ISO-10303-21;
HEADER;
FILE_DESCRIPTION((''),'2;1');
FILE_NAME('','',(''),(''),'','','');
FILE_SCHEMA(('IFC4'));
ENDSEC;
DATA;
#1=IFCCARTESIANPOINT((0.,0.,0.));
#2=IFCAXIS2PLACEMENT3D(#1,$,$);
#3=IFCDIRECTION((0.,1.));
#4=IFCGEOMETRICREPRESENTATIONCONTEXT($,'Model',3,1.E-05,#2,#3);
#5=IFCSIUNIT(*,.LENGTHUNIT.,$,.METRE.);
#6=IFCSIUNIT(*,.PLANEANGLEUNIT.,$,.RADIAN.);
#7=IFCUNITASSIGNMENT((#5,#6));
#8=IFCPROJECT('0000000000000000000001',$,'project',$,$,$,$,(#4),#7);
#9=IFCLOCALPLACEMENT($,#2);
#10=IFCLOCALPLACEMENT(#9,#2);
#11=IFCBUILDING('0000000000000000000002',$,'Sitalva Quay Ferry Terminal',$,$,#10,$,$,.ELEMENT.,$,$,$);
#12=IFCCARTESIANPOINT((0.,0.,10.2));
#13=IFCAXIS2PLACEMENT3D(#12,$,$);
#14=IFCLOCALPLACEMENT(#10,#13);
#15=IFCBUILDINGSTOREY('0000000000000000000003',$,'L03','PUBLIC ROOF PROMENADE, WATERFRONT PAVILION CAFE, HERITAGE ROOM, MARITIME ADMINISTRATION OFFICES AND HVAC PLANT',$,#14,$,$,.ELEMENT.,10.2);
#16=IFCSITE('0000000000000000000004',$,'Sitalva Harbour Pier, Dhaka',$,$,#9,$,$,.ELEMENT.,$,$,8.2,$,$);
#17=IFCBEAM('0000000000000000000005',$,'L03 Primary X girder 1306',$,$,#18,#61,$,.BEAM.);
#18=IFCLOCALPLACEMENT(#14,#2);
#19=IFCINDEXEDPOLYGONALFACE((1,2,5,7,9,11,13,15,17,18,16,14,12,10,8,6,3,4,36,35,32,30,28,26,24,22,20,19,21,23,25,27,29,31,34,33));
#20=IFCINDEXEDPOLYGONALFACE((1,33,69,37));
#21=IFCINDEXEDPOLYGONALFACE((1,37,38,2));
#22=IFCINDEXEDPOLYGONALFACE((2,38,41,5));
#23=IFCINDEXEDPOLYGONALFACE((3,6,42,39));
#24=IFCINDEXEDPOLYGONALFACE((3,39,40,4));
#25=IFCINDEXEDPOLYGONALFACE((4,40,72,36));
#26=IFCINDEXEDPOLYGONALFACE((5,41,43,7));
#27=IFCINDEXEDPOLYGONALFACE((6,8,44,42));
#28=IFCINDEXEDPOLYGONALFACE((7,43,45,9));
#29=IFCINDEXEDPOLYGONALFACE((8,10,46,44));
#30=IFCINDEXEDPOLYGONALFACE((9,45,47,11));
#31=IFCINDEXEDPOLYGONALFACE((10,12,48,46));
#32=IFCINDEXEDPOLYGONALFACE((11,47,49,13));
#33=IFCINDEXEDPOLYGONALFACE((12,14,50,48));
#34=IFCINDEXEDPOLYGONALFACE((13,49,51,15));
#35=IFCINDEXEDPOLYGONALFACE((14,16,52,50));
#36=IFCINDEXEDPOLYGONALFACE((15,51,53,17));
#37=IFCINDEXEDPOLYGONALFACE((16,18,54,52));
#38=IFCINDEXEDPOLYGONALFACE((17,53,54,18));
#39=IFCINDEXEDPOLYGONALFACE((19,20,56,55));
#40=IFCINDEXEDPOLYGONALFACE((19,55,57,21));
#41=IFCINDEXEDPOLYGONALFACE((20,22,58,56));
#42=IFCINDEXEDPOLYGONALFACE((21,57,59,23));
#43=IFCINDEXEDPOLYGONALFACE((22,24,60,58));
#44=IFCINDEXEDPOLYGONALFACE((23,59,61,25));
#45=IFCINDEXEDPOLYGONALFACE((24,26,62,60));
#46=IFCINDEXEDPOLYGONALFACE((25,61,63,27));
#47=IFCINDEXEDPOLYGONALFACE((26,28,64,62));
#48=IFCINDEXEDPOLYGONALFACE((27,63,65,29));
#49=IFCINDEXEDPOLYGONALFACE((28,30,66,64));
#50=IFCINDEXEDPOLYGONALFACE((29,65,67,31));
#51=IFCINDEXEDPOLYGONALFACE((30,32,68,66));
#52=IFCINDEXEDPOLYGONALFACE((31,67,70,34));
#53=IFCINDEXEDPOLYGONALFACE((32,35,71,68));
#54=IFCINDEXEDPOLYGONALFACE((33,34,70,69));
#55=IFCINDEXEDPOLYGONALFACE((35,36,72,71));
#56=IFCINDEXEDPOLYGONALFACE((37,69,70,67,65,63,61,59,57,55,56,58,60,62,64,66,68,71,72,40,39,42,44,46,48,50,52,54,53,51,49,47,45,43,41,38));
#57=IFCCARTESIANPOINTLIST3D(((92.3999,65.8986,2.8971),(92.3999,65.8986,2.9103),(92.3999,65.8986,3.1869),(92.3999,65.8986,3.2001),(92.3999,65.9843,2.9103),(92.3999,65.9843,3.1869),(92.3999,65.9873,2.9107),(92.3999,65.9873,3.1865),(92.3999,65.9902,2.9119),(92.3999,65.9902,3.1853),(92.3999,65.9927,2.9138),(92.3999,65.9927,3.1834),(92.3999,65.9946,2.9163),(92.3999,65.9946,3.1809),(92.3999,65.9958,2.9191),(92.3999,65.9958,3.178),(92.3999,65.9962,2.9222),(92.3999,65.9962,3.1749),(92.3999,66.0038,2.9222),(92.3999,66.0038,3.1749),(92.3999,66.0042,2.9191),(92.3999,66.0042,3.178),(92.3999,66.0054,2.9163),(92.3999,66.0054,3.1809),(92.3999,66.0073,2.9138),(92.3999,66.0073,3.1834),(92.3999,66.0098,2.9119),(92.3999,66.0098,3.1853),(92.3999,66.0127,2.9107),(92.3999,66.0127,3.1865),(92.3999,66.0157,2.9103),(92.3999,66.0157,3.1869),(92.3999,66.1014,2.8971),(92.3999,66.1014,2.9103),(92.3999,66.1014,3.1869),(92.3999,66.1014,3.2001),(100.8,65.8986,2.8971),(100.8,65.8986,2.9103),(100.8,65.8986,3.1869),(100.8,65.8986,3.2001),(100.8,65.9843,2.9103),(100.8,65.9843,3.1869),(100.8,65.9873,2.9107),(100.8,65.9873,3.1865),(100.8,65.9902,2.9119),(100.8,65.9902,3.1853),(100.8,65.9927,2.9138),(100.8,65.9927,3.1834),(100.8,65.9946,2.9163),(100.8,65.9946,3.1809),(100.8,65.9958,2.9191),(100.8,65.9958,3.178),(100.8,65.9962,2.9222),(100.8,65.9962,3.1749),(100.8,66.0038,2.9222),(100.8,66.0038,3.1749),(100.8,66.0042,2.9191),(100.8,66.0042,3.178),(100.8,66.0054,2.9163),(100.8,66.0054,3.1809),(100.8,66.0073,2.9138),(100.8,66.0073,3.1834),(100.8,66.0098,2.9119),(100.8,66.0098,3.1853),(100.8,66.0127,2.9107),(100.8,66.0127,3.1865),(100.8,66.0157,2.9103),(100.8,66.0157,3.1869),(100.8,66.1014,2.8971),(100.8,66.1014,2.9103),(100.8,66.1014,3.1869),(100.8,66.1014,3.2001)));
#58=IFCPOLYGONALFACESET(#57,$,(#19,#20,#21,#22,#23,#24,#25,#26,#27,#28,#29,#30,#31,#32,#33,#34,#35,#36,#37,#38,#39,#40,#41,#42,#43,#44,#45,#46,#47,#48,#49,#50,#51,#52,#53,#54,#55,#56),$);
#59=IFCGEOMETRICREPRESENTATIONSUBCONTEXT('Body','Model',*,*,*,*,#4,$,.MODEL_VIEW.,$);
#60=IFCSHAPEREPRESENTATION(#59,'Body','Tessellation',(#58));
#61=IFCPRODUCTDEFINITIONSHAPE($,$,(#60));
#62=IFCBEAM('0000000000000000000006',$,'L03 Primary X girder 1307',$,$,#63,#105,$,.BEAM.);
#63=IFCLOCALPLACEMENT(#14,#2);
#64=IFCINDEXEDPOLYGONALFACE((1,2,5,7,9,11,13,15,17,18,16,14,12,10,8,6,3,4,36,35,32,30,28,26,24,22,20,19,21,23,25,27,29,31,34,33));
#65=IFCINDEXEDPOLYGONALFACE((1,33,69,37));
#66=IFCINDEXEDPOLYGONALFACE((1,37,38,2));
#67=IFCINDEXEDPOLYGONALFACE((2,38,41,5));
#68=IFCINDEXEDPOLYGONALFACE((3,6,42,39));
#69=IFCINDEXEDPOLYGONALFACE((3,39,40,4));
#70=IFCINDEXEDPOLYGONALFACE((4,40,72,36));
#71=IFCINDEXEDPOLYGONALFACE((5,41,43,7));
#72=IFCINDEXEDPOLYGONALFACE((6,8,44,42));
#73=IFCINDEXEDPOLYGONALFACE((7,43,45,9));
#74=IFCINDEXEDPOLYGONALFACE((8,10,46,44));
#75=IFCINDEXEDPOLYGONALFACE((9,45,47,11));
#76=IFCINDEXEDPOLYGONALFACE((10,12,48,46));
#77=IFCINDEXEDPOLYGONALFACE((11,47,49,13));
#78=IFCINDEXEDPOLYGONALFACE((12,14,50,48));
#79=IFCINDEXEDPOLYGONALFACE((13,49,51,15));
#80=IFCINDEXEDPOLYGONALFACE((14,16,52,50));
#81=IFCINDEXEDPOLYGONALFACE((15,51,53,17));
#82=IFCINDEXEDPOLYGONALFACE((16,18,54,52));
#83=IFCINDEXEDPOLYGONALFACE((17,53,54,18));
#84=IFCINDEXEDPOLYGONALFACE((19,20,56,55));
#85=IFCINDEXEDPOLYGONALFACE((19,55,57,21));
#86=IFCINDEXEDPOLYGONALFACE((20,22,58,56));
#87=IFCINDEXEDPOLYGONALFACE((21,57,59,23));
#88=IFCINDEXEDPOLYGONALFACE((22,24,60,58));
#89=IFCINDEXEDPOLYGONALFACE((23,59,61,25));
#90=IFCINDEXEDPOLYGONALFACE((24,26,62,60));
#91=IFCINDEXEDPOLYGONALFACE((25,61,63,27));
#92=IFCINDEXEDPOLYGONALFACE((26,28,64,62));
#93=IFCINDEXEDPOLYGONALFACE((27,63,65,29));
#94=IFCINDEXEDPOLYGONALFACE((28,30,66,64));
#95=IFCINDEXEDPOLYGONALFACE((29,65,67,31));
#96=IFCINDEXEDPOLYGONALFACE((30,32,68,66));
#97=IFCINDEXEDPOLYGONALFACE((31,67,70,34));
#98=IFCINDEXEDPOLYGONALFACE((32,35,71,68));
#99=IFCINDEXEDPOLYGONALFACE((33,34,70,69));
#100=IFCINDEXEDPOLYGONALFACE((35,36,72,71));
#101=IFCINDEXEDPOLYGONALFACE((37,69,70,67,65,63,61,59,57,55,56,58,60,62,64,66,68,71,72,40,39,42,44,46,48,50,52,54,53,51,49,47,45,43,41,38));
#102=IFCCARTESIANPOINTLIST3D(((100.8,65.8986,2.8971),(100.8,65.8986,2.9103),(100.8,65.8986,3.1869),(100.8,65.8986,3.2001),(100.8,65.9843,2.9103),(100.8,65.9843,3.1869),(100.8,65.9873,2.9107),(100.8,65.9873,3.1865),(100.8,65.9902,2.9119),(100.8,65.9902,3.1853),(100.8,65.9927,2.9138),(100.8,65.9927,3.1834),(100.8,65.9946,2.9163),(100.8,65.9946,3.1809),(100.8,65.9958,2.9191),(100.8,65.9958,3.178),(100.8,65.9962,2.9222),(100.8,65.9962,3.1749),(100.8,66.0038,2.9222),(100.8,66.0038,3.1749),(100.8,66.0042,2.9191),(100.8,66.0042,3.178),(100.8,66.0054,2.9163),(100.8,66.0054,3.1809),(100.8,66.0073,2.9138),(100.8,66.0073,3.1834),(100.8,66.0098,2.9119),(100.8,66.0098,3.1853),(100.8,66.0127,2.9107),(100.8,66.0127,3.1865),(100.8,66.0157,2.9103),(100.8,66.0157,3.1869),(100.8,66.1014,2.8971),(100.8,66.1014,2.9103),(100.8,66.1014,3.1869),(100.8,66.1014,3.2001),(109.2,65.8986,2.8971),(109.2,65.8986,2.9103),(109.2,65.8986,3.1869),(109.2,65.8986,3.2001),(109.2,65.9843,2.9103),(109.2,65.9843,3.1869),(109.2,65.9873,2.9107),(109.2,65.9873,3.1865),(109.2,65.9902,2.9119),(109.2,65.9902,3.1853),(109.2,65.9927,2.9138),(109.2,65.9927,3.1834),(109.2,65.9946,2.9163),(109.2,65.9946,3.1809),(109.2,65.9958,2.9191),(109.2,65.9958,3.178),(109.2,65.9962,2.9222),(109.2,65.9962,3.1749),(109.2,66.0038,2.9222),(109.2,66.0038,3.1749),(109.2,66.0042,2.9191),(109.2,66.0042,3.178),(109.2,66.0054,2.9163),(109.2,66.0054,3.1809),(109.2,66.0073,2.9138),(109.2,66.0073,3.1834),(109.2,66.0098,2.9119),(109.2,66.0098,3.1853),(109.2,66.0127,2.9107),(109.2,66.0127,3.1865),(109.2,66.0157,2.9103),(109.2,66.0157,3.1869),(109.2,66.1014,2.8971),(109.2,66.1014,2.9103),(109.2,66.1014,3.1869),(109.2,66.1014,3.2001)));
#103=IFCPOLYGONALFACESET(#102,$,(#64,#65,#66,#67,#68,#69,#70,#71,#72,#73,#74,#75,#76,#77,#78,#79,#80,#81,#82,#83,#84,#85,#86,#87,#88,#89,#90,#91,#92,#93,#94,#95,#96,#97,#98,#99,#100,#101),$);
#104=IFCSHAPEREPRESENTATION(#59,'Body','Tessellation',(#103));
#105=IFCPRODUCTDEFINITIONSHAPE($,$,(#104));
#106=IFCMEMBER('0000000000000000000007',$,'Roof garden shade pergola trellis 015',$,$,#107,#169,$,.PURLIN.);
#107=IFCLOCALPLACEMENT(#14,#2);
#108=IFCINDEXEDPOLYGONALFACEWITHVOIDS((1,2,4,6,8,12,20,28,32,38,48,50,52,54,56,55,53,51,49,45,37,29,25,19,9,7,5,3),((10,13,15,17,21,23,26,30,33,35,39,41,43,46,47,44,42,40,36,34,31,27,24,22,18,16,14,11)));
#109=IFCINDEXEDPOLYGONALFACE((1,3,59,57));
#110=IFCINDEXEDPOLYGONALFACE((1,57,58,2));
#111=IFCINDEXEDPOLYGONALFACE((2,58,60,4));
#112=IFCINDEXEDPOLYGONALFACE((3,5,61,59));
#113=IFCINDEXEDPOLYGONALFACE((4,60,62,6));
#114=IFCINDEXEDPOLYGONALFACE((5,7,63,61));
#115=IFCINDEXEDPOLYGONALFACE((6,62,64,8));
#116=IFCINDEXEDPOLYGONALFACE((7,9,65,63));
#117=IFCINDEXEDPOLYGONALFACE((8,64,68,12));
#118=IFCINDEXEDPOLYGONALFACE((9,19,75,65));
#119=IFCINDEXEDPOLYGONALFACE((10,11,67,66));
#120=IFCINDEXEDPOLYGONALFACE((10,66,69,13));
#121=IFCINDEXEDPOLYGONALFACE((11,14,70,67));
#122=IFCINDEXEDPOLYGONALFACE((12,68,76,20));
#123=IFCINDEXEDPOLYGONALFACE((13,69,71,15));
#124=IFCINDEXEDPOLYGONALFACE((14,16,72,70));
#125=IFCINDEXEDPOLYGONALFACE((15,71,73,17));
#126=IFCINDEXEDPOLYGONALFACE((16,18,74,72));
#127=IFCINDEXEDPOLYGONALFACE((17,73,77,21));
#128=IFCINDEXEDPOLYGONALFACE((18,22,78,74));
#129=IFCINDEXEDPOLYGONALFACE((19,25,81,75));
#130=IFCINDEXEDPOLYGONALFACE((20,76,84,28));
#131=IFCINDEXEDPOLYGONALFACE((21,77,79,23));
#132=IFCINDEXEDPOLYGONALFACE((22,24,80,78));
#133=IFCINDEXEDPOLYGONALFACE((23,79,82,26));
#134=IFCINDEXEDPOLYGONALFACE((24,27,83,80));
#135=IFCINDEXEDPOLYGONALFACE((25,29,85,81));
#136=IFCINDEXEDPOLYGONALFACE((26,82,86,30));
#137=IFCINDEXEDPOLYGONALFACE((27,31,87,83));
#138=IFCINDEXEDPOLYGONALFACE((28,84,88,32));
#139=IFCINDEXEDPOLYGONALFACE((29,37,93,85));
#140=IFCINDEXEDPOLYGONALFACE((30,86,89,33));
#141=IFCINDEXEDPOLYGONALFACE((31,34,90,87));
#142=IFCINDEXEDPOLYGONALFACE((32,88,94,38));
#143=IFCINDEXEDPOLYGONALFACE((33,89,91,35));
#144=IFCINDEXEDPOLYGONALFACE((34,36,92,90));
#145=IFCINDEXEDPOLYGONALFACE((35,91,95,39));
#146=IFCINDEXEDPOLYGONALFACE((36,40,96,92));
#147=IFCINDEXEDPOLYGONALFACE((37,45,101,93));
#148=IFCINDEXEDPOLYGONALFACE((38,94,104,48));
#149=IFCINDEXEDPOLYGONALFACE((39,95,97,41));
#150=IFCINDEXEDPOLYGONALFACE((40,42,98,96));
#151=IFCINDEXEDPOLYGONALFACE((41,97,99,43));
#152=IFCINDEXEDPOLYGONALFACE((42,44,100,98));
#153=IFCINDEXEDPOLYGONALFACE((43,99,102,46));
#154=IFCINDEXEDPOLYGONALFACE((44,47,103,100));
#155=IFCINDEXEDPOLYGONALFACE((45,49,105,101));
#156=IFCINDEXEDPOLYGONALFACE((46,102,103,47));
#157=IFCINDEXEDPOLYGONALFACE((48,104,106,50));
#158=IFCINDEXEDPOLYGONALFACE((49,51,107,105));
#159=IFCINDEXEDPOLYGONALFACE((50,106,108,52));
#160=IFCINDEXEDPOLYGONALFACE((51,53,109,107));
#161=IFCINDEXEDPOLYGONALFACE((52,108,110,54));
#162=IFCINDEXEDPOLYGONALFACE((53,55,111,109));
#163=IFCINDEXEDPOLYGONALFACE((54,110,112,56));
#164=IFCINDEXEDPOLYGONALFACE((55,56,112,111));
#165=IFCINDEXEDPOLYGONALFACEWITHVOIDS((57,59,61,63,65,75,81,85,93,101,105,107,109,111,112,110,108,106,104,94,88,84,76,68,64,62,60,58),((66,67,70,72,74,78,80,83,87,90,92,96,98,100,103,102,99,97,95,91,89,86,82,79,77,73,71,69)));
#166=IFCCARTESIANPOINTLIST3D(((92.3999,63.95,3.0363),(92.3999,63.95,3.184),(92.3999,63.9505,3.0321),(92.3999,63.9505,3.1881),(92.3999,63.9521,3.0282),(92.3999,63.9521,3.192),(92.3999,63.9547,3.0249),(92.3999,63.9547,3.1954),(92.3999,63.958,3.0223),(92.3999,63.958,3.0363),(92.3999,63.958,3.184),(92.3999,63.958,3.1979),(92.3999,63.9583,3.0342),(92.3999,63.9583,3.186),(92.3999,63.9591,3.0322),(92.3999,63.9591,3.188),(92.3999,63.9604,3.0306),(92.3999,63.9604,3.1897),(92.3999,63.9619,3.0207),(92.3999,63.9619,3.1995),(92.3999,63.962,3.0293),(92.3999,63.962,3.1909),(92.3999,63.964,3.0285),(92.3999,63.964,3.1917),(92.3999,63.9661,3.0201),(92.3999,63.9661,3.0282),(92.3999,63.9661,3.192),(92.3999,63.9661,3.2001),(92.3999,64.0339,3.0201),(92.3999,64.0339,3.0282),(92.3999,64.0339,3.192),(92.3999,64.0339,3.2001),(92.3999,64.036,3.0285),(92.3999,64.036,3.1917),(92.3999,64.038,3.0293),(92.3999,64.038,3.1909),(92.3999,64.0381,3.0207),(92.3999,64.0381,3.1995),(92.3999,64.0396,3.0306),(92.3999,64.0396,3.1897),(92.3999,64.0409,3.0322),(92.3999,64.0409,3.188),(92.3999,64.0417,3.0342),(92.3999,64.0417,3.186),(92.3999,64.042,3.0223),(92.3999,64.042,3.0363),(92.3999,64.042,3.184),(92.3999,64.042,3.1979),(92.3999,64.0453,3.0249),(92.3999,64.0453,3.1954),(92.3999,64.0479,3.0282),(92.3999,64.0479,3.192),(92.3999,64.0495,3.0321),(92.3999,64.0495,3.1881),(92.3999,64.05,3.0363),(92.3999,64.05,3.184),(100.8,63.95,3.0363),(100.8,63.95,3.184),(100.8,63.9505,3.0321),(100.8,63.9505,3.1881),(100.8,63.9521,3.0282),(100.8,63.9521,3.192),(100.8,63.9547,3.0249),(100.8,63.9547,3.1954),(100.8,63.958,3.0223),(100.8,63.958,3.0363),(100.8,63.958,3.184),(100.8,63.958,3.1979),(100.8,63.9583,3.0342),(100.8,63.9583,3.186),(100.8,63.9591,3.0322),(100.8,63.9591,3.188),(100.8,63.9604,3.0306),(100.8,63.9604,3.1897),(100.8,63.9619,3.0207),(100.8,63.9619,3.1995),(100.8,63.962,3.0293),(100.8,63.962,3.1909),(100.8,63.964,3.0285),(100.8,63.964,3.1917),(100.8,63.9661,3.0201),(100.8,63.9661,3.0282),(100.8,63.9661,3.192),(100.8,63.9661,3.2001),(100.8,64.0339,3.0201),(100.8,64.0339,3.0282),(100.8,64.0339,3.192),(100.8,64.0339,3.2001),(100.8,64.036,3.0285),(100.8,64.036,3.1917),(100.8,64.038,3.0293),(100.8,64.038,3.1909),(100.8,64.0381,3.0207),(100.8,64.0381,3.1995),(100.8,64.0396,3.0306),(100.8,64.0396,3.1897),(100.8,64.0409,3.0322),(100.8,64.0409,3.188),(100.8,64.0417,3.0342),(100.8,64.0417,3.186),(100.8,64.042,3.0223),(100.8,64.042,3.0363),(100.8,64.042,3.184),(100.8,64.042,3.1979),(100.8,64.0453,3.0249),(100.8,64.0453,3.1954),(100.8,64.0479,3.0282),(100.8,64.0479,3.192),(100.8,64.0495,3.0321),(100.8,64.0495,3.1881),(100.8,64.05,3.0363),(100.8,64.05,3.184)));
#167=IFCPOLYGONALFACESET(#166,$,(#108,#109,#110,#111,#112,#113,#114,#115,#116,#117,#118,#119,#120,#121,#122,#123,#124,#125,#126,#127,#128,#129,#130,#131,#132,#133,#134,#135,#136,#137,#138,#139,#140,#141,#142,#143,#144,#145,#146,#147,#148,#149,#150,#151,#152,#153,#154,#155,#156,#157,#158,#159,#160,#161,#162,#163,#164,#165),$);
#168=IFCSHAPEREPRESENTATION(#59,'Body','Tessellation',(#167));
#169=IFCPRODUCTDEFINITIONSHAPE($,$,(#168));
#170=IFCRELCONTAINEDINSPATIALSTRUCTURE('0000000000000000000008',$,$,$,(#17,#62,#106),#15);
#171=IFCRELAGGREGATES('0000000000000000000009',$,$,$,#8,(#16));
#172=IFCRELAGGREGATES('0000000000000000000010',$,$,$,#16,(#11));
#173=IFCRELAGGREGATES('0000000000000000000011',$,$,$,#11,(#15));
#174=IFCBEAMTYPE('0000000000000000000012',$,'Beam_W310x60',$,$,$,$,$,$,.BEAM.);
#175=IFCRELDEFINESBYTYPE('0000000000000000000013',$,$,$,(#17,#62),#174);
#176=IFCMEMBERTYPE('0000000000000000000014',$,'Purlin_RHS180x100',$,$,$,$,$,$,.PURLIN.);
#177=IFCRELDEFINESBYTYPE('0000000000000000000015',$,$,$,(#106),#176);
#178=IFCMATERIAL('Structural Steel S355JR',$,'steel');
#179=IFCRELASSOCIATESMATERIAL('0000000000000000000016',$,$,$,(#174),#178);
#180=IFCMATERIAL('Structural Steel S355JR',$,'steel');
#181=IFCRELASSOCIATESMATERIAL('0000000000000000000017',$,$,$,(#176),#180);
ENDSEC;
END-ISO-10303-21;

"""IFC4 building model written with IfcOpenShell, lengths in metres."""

from ifc_helpers import new_model, si_unit, direction, frame, origin, origin_2d, place, context, subcontext, project, spatial, hollow_rectangle, i_section, extrude, material, material_profile, profile_set, type_object, element, save


model = new_model("IFC4")

# Units and contexts
model_context = context("Model", 3, precision=1e-05, world=origin(), true_north=direction((0.0, 1.0)))
body_context = subcontext(model_context, "Body", "Model", "MODEL_VIEW")
ifc_project = project(units=[si_unit("LENGTHUNIT", "METRE"), si_unit("PLANEANGLEUNIT", "RADIAN")], contexts=[model_context])

# Site, building, storey
site_placement = place(None, origin())
site = spatial("IfcSite", under=ifc_project, at=site_placement, Name="Sitalva Harbour Pier, Dhaka", CompositionType="ELEMENT", RefElevation=8.2)
building_placement = place(site_placement, origin())
building = spatial("IfcBuilding", under=site, at=building_placement, Name="Sitalva Quay Ferry Terminal", CompositionType="ELEMENT")
storey_placement = place(building_placement, frame((0.0, 0.0, 10.2)))
storey = spatial("IfcBuildingStorey", under=building, at=storey_placement, Name="L03", Description="PUBLIC ROOF PROMENADE, WATERFRONT PAVILION CAFE, HERITAGE ROOM, MARITIME ADMINISTRATION OFFICES AND HVAC PLANT", CompositionType="ELEMENT", Elevation=10.2)

# Beams
ifc_material_1 = material(Name="Structural Steel S355JR", Category="steel")
ifc_material_profile_1 = material_profile(ifc_material_1, i_section(OverallWidth=0.2029, OverallDepth=0.303, WebThickness=0.0076, FlangeThickness=0.0132, FilletRadius=0.012, at=origin_2d()), Name="W310x60")
ifc_profile_set_1 = profile_set([ifc_material_profile_1], Name="Structural Steel S355JR")
beam_type = type_object("IfcBeamType", Name="Beam_W310x60", PredefinedType="BEAM", material=ifc_profile_set_1)
beam_1_placement = place(storey_placement, frame((92.3999, 66.0, 3.0486), z_axis=(1.0, 0.0, 0.0), x_axis=(0.0, 1.0, 0.0)))
element("IfcBeam", 1, at=beam_1_placement, inside=storey, type_object=beam_type, Name="L03 Primary X girder 1306", PredefinedType="BEAM", context=body_context, shape_type="SweptSolid", body=[
    extrude(i_section(OverallWidth=0.2029, OverallDepth=0.303, WebThickness=0.0076, FlangeThickness=0.0132, FilletRadius=0.012, at=origin_2d()), origin(), (0.0, 0.0, 1.0), 8.4001),
])
beam_2_placement = place(storey_placement, frame((100.8, 66.0, 3.0486), z_axis=(1.0, 0.0, 0.0), x_axis=(0.0, 1.0, 0.0)))
element("IfcBeam", 2, at=beam_2_placement, inside=storey, type_object=beam_type, Name="L03 Primary X girder 1307", PredefinedType="BEAM", context=body_context, shape_type="SweptSolid", body=[
    extrude(i_section(OverallWidth=0.2029, OverallDepth=0.303, WebThickness=0.0076, FlangeThickness=0.0132, FilletRadius=0.012, at=origin_2d()), origin(), (0.0, 0.0, 1.0), 8.3999),
])

# Member
ifc_material_2 = material(Name="Structural Steel S355JR", Category="steel")
ifc_material_profile_2 = material_profile(ifc_material_2, hollow_rectangle(XDim=0.1001, YDim=0.1799, WallThickness=0.0081, InnerFilletRadius=0.0081, OuterFilletRadius=0.0161, at=origin_2d()), Name="RHS180x100x8")
ifc_profile_set_2 = profile_set([ifc_material_profile_2], Name="Structural Steel S355JR")
member_type_1 = type_object("IfcMemberType", Name="Purlin_RHS180x100", PredefinedType="PURLIN", material=ifc_profile_set_2)
member_1_placement = place(storey_placement, frame((92.3999, 64.0, 3.1101), z_axis=(1.0, 0.0, 0.0), x_axis=(0.0, 1.0, 0.0)))
element("IfcMember", 3, at=member_1_placement, inside=storey, type_object=member_type_1, Name="Roof garden shade pergola trellis 015", PredefinedType="PURLIN", context=body_context, shape_type="SweptSolid", body=[
    extrude(hollow_rectangle(XDim=0.1001, YDim=0.1799, WallThickness=0.0081, InnerFilletRadius=0.0081, OuterFilletRadius=0.0161, at=origin_2d()), origin(), (0.0, 0.0, 1.0), 8.4001),
])

save(model, "model.ifc")
